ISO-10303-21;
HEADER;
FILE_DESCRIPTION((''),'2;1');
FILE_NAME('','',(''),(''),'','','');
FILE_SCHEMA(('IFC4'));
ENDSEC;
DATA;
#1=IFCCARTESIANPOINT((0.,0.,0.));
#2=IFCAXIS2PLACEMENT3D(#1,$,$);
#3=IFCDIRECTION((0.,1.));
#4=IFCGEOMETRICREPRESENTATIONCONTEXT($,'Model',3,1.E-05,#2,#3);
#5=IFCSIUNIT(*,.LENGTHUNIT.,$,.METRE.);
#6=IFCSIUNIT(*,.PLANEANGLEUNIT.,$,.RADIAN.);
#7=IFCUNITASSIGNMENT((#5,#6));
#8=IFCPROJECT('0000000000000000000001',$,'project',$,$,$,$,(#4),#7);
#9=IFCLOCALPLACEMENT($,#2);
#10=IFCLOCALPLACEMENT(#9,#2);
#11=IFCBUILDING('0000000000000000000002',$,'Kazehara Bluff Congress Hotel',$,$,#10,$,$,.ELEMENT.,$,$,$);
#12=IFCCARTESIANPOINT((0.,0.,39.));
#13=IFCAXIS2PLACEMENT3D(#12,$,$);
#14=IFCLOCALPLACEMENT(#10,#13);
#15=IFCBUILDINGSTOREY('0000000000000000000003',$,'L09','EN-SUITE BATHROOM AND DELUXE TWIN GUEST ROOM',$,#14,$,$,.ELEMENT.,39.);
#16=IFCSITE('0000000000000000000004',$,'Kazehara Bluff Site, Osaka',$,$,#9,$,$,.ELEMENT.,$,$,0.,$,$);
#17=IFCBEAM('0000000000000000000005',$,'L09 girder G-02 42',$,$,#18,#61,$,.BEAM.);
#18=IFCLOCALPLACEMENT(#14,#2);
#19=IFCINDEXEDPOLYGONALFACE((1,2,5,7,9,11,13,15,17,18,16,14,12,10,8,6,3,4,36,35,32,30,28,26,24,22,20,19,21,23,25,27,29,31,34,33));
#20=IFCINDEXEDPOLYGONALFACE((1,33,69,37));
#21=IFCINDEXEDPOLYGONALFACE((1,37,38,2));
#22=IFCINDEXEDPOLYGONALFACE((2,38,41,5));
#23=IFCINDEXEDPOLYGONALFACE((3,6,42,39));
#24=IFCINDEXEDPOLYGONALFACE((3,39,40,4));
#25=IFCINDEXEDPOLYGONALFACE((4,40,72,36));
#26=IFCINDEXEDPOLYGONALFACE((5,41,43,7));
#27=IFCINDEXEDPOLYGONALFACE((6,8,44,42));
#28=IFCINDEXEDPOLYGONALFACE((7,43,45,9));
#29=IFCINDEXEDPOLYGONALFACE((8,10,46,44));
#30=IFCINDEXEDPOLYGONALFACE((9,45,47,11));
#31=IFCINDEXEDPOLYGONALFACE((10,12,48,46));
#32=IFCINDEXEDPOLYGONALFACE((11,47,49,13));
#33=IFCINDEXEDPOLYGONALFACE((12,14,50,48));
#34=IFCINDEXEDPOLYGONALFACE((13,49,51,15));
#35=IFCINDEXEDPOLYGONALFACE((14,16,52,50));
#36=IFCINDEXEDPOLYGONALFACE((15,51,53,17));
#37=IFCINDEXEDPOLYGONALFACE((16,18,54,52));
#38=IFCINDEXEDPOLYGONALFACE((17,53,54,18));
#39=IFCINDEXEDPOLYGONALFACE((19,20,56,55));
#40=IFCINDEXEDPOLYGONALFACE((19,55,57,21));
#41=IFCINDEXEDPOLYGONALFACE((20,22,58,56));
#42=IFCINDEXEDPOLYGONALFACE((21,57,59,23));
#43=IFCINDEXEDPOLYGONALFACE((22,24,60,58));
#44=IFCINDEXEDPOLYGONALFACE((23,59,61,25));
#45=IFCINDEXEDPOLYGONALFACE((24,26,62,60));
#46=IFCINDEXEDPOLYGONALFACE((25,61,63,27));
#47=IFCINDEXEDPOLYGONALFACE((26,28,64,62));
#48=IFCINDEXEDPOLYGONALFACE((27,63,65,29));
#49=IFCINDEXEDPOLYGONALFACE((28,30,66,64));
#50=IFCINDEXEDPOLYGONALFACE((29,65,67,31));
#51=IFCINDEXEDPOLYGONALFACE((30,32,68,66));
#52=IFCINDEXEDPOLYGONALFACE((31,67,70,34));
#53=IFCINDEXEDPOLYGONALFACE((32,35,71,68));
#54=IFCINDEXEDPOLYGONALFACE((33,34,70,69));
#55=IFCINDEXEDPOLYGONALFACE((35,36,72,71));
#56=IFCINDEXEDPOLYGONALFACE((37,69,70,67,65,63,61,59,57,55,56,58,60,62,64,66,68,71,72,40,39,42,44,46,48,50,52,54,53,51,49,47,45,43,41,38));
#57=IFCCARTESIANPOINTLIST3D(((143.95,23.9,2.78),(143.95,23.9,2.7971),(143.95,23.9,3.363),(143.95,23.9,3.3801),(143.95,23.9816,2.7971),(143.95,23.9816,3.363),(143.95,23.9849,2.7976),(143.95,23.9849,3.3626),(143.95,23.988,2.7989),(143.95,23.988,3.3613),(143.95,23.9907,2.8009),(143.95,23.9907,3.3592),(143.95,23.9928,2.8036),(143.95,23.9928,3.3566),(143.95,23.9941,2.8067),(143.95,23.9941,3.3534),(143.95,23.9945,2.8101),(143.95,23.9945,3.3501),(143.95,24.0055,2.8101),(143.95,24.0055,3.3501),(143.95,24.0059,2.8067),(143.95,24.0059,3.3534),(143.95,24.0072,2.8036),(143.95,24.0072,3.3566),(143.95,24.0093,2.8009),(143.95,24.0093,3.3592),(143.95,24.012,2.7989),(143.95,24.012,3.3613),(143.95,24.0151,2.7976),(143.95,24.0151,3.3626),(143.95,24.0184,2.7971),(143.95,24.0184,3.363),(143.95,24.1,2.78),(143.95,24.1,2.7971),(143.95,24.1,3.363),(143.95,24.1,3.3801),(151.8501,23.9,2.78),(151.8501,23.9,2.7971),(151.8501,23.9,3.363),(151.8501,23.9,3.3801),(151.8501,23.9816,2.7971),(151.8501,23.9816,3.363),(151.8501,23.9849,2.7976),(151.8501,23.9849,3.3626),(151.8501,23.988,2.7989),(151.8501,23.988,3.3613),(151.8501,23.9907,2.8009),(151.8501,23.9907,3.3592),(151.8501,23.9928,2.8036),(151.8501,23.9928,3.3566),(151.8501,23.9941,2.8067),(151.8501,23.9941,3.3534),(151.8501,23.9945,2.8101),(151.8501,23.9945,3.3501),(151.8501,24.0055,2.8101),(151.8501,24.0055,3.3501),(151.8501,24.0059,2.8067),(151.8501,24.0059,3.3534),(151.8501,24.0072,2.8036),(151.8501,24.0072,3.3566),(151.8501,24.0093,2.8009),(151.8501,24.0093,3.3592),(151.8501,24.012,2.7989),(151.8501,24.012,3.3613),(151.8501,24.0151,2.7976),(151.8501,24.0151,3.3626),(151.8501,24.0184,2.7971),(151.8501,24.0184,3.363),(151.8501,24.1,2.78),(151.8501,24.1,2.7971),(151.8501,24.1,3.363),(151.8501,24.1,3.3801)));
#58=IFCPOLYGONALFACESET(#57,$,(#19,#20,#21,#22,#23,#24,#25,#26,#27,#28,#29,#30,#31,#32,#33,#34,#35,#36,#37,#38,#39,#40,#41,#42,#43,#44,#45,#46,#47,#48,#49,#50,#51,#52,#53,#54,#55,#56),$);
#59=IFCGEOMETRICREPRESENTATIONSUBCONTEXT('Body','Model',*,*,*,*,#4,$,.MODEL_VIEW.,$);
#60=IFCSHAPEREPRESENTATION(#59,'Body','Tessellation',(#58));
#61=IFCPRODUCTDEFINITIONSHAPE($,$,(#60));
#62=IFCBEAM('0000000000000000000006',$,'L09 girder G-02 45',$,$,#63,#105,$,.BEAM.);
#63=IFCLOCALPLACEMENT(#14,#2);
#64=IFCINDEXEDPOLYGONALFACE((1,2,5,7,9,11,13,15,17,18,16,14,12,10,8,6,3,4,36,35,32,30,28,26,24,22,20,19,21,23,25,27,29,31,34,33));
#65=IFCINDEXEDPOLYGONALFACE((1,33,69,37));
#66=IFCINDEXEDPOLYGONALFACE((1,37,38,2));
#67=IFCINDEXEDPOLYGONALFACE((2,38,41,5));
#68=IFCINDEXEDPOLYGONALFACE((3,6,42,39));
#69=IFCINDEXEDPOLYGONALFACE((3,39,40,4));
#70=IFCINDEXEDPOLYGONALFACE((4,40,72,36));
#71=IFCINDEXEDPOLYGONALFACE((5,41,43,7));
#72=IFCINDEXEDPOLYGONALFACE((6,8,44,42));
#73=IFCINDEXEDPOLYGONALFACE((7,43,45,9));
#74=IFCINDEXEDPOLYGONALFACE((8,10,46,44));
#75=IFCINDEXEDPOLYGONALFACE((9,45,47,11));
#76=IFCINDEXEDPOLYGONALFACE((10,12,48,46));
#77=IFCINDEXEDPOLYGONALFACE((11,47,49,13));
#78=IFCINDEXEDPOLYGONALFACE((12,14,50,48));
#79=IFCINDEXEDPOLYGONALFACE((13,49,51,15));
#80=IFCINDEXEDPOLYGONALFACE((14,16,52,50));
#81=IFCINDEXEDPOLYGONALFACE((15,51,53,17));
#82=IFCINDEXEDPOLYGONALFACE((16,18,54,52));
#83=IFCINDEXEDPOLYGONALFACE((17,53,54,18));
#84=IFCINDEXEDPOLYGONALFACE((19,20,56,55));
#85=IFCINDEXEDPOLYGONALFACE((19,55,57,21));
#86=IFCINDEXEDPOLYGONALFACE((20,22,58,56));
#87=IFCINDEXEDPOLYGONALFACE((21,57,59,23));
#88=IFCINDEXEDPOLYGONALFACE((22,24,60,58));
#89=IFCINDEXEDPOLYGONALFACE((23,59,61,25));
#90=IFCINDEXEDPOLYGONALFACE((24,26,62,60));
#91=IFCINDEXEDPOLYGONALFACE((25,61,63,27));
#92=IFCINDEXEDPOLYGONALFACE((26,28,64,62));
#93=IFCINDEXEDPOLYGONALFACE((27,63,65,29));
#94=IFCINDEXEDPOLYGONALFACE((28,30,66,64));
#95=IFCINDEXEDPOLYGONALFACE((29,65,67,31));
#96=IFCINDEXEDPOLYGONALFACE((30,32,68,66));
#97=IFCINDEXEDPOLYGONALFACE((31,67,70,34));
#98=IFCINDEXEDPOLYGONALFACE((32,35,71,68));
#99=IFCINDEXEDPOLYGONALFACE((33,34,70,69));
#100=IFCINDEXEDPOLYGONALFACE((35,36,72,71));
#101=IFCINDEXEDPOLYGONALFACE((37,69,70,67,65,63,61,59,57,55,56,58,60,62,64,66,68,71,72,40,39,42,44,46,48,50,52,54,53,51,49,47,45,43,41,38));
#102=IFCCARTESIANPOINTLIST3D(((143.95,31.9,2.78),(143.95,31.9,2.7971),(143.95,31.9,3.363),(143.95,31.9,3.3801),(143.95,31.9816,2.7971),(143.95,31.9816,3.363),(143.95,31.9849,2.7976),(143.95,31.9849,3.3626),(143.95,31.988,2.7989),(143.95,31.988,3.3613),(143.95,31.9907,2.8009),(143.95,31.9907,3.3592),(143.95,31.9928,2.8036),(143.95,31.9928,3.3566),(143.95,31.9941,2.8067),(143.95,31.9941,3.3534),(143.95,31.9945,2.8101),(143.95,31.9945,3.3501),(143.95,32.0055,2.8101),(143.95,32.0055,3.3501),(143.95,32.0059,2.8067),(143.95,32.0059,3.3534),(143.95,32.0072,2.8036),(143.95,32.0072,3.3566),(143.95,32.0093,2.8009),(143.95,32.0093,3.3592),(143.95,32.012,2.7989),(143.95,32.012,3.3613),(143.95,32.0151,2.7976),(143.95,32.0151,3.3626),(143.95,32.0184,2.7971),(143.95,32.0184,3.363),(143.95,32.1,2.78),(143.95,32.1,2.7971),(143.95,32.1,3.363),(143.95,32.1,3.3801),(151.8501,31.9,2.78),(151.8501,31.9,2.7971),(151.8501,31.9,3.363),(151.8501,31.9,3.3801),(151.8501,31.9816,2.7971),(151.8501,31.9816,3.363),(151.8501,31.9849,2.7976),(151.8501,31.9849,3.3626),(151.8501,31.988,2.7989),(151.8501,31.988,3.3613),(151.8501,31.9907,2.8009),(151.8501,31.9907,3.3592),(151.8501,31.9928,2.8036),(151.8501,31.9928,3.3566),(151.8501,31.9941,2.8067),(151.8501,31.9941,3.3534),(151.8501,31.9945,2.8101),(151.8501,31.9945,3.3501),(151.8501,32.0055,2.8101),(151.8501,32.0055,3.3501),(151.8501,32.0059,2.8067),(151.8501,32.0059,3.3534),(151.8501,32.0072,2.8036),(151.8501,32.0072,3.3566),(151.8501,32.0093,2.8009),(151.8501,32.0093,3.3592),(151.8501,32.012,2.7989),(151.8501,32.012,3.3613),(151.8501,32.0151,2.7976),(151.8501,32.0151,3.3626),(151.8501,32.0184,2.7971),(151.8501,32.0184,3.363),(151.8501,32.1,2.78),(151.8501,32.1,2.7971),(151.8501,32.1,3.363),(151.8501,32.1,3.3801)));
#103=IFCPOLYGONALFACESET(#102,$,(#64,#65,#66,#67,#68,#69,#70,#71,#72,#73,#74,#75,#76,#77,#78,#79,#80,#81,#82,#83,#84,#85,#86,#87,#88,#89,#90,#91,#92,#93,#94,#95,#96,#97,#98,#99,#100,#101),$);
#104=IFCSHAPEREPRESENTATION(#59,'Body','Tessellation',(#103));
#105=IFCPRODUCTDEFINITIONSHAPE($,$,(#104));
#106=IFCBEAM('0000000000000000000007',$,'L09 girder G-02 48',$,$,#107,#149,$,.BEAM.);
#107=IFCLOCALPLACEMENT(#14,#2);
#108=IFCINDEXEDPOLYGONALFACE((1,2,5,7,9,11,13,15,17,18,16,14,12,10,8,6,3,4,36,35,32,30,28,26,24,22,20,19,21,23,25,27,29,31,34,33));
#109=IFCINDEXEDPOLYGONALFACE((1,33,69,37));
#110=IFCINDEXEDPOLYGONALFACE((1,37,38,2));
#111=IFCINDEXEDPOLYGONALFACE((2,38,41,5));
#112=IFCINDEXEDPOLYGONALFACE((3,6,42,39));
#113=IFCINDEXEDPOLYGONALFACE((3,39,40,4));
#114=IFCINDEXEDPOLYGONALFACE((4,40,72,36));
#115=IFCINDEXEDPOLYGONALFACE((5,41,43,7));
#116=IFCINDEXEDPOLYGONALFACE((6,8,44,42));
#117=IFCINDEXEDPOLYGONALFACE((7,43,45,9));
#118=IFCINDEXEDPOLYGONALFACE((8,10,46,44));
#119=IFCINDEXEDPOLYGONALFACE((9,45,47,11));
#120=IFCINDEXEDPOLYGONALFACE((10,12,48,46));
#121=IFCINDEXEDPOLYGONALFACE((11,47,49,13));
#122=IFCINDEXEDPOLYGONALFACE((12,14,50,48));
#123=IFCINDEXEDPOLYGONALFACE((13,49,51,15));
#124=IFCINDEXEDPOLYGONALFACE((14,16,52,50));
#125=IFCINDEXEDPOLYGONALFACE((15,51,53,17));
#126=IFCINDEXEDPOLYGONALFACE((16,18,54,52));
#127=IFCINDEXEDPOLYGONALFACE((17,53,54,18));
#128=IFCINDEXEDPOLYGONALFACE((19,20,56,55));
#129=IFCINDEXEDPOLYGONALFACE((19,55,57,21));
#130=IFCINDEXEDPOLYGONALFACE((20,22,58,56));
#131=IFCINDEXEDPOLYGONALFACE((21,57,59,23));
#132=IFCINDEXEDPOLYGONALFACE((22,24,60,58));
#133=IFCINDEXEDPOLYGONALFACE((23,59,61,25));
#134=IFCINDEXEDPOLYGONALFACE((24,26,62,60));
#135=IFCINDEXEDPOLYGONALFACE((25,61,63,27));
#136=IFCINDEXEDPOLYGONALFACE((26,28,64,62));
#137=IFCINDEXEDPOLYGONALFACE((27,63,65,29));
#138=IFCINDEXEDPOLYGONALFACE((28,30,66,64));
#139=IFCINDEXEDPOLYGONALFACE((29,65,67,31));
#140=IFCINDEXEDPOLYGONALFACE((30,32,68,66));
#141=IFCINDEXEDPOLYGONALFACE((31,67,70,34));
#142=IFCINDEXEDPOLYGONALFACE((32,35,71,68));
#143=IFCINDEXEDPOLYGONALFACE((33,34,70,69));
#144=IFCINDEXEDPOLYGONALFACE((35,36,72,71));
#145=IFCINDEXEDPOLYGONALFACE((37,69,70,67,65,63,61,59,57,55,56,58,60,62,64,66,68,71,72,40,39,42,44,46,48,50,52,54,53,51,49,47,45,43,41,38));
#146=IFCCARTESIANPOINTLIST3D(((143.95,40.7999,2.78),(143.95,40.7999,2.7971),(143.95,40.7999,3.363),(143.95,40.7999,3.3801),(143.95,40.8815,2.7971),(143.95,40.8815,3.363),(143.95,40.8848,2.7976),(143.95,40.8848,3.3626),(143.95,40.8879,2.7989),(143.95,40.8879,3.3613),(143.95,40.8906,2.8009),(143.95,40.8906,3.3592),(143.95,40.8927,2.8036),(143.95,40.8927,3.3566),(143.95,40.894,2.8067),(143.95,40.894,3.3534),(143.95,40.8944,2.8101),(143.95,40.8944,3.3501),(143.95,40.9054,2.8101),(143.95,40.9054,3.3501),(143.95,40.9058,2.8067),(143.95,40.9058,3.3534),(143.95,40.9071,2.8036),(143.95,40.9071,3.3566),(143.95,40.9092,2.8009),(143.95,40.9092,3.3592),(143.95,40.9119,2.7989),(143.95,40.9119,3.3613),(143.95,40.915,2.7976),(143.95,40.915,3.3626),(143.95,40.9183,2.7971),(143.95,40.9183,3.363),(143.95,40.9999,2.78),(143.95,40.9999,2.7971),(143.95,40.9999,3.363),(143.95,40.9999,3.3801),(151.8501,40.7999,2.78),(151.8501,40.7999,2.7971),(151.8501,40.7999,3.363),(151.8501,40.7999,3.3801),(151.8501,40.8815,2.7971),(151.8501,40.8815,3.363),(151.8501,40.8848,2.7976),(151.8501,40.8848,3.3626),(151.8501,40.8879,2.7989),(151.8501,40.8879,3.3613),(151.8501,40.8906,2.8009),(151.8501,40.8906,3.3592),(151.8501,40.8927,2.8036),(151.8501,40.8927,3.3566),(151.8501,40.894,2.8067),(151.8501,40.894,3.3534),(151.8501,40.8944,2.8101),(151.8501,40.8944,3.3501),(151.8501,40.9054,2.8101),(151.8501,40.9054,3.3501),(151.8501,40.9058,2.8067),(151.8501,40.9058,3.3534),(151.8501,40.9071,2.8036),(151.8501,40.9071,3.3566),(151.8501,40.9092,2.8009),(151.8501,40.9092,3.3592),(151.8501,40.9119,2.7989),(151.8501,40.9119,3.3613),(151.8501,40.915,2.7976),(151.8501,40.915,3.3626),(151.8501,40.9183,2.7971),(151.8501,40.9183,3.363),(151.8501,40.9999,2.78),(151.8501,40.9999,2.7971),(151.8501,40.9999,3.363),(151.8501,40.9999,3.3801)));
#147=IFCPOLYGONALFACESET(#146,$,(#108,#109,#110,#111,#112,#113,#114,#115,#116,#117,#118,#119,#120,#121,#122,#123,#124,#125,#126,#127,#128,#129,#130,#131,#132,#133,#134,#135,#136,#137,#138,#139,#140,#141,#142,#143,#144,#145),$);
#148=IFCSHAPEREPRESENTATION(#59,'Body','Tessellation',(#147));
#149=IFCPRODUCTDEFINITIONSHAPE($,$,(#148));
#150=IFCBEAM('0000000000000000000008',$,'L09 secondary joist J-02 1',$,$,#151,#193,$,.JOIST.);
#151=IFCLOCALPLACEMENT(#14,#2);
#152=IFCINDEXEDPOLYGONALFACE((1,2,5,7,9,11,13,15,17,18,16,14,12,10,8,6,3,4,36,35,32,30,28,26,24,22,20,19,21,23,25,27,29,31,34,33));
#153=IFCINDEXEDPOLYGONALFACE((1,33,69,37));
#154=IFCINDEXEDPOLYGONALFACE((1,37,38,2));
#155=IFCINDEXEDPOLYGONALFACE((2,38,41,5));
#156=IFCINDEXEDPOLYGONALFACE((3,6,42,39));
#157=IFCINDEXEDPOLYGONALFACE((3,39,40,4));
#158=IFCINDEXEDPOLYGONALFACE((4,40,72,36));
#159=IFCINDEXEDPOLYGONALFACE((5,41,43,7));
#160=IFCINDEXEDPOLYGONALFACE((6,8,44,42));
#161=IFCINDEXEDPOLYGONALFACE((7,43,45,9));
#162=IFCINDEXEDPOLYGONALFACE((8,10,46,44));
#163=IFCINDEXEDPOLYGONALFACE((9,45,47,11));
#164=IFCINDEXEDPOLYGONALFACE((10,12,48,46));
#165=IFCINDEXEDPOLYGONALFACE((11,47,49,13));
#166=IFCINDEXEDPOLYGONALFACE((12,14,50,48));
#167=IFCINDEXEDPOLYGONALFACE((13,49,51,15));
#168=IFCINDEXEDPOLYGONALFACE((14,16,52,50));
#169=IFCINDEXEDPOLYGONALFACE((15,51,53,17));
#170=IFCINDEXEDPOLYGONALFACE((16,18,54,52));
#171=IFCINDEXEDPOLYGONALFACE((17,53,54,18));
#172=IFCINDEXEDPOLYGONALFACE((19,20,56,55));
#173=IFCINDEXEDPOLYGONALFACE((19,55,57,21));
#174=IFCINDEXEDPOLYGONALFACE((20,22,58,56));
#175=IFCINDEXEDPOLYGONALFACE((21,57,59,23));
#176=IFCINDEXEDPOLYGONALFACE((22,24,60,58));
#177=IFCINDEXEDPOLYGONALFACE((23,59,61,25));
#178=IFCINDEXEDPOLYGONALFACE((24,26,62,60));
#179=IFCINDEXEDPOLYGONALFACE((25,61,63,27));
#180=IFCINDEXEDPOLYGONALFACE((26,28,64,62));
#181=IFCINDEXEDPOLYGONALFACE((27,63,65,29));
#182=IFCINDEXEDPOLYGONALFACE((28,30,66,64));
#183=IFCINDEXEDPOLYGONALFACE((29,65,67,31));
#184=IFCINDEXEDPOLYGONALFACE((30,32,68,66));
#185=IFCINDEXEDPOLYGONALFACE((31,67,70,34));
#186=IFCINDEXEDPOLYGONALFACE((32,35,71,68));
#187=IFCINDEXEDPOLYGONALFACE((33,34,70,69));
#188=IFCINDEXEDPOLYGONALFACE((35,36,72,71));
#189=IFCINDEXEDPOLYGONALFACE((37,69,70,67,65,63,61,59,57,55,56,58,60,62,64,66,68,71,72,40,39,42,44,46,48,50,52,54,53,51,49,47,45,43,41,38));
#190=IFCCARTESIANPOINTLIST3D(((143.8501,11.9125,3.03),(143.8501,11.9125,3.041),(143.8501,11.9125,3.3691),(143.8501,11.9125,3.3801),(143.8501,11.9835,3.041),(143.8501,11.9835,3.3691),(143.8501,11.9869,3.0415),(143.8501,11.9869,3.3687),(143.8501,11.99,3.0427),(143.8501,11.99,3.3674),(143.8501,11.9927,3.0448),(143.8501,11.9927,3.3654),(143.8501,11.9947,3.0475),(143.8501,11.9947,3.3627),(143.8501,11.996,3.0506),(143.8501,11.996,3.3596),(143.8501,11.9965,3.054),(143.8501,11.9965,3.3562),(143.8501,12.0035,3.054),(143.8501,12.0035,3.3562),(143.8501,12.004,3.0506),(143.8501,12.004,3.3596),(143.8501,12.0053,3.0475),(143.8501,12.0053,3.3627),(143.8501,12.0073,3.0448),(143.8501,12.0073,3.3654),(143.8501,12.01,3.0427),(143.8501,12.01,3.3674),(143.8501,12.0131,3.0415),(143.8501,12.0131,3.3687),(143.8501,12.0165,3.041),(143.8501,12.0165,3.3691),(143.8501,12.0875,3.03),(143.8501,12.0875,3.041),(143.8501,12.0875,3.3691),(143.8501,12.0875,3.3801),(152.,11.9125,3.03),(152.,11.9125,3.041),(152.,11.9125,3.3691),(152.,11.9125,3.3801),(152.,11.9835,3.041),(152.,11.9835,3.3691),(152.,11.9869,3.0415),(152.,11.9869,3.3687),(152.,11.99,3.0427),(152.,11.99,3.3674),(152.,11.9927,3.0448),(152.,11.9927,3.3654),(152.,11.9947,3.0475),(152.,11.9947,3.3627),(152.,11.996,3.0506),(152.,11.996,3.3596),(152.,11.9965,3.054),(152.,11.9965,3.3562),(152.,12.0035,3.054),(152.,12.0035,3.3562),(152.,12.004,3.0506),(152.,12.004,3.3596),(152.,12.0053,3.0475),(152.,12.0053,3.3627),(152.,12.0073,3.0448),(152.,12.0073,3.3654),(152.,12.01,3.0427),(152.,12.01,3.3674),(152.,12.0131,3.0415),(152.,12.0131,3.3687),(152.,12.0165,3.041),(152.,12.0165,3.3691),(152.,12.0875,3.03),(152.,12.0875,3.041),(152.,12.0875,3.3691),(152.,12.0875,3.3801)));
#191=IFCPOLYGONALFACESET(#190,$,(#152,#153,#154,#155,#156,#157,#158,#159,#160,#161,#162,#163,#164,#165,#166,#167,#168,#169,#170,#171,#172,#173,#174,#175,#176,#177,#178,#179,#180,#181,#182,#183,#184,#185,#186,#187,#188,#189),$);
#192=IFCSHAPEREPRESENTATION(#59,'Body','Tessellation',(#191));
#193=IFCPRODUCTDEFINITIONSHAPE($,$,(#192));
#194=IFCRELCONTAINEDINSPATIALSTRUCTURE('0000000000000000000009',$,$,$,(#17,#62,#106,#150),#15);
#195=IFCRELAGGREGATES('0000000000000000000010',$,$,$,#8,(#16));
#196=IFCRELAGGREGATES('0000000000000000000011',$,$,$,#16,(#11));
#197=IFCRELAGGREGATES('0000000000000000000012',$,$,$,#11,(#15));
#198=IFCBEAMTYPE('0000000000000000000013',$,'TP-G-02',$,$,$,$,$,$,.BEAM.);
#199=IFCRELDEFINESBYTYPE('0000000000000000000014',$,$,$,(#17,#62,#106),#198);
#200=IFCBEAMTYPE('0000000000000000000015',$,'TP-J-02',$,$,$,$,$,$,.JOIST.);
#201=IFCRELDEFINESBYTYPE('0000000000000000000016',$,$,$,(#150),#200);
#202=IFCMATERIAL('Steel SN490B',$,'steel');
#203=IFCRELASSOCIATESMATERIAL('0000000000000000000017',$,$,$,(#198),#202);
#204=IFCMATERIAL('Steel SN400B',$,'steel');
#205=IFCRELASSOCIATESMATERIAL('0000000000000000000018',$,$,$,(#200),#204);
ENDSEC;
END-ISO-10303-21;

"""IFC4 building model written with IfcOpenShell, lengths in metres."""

from ifc_helpers import new_model, si_unit, direction, frame, origin, origin_2d, place, context, subcontext, project, spatial, i_section, extrude, material, material_profile, profile_set, type_object, element, save


model = new_model("IFC4")

# Units and contexts
model_context = context("Model", 3, precision=1e-05, world=origin(), true_north=direction((0.0, 1.0)))
body_context = subcontext(model_context, "Body", "Model", "MODEL_VIEW")
ifc_project = project(units=[si_unit("LENGTHUNIT", "METRE"), si_unit("PLANEANGLEUNIT", "RADIAN")], contexts=[model_context])

# Site, building, storey
site_placement = place(None, origin())
site = spatial("IfcSite", under=ifc_project, at=site_placement, Name="Kazehara Bluff Site, Osaka", CompositionType="ELEMENT", RefElevation=0.0)
building_placement = place(site_placement, origin())
building = spatial("IfcBuilding", under=site, at=building_placement, Name="Kazehara Bluff Congress Hotel", CompositionType="ELEMENT")
storey_placement = place(building_placement, frame((0.0, 0.0, 39.0)))
storey = spatial("IfcBuildingStorey", under=building, at=storey_placement, Name="L09", Description="EN-SUITE BATHROOM AND DELUXE TWIN GUEST ROOM", CompositionType="ELEMENT", Elevation=39.0)

# Beams
ifc_material_1 = material(Name="Steel SN490B", Category="steel")
ifc_material_profile_1 = material_profile(ifc_material_1, i_section(OverallWidth=0.2, OverallDepth=0.6001, WebThickness=0.011, FlangeThickness=0.0171, FilletRadius=0.0129, at=origin_2d()))
ifc_profile_set_1 = profile_set([ifc_material_profile_1], Name="Steel SN490B")
beam_type_1 = type_object("IfcBeamType", Name="TP-G-02", PredefinedType="BEAM", material=ifc_profile_set_1)
for number, where, z_axis, x_axis, name in (
    (1, (143.95, 24.0, 3.0801), (1.0, 0.0, 0.0), (0.0, 1.0, 0.0), "L09 girder G-02 42"),
    (2, (143.95, 32.0, 3.0801), (1.0, 0.0, 0.0), (0.0, 1.0, 0.0), "L09 girder G-02 45"),
    (3, (143.95, 40.8999, 3.0801), (1.0, 0.0, 0.0), (0.0, 1.0, 0.0), "L09 girder G-02 48"),
):
    element("IfcBeam", number, at=place(storey_placement, frame(where, z_axis=z_axis, x_axis=x_axis)), inside=storey, type_object=beam_type_1, Name=name, PredefinedType="BEAM", context=body_context, shape_type="SweptSolid", body=[
        extrude(i_section(OverallWidth=0.2, OverallDepth=0.6001, WebThickness=0.011, FlangeThickness=0.0171, FilletRadius=0.0129, at=origin_2d()), origin(), (0.0, 0.0, 1.0), 7.9001),
    ])
ifc_material_2 = material(Name="Steel SN400B", Category="steel")
ifc_material_profile_2 = material_profile(ifc_material_2, i_section(OverallWidth=0.175, OverallDepth=0.3501, WebThickness=0.0071, FlangeThickness=0.011, FilletRadius=0.0129, at=origin_2d()))
ifc_profile_set_2 = profile_set([ifc_material_profile_2], Name="Steel SN400B")
beam_type_2 = type_object("IfcBeamType", Name="TP-J-02", PredefinedType="JOIST", material=ifc_profile_set_2)
for number, where, z_axis, x_axis, name in (
    (4, (143.8501, 12.0, 3.2051), (1.0, 0.0, 0.0), (0.0, 1.0, 0.0), "L09 secondary joist J-02 1"),
):
    element("IfcBeam", number, at=place(storey_placement, frame(where, z_axis=z_axis, x_axis=x_axis)), inside=storey, type_object=beam_type_2, Name=name, PredefinedType="JOIST", context=body_context, shape_type="SweptSolid", body=[
        extrude(i_section(OverallWidth=0.175, OverallDepth=0.3501, WebThickness=0.0071, FlangeThickness=0.011, FilletRadius=0.0129, at=origin_2d()), origin(), (0.0, 0.0, 1.0), 8.1499),
    ])

save(model, "model.ifc")
